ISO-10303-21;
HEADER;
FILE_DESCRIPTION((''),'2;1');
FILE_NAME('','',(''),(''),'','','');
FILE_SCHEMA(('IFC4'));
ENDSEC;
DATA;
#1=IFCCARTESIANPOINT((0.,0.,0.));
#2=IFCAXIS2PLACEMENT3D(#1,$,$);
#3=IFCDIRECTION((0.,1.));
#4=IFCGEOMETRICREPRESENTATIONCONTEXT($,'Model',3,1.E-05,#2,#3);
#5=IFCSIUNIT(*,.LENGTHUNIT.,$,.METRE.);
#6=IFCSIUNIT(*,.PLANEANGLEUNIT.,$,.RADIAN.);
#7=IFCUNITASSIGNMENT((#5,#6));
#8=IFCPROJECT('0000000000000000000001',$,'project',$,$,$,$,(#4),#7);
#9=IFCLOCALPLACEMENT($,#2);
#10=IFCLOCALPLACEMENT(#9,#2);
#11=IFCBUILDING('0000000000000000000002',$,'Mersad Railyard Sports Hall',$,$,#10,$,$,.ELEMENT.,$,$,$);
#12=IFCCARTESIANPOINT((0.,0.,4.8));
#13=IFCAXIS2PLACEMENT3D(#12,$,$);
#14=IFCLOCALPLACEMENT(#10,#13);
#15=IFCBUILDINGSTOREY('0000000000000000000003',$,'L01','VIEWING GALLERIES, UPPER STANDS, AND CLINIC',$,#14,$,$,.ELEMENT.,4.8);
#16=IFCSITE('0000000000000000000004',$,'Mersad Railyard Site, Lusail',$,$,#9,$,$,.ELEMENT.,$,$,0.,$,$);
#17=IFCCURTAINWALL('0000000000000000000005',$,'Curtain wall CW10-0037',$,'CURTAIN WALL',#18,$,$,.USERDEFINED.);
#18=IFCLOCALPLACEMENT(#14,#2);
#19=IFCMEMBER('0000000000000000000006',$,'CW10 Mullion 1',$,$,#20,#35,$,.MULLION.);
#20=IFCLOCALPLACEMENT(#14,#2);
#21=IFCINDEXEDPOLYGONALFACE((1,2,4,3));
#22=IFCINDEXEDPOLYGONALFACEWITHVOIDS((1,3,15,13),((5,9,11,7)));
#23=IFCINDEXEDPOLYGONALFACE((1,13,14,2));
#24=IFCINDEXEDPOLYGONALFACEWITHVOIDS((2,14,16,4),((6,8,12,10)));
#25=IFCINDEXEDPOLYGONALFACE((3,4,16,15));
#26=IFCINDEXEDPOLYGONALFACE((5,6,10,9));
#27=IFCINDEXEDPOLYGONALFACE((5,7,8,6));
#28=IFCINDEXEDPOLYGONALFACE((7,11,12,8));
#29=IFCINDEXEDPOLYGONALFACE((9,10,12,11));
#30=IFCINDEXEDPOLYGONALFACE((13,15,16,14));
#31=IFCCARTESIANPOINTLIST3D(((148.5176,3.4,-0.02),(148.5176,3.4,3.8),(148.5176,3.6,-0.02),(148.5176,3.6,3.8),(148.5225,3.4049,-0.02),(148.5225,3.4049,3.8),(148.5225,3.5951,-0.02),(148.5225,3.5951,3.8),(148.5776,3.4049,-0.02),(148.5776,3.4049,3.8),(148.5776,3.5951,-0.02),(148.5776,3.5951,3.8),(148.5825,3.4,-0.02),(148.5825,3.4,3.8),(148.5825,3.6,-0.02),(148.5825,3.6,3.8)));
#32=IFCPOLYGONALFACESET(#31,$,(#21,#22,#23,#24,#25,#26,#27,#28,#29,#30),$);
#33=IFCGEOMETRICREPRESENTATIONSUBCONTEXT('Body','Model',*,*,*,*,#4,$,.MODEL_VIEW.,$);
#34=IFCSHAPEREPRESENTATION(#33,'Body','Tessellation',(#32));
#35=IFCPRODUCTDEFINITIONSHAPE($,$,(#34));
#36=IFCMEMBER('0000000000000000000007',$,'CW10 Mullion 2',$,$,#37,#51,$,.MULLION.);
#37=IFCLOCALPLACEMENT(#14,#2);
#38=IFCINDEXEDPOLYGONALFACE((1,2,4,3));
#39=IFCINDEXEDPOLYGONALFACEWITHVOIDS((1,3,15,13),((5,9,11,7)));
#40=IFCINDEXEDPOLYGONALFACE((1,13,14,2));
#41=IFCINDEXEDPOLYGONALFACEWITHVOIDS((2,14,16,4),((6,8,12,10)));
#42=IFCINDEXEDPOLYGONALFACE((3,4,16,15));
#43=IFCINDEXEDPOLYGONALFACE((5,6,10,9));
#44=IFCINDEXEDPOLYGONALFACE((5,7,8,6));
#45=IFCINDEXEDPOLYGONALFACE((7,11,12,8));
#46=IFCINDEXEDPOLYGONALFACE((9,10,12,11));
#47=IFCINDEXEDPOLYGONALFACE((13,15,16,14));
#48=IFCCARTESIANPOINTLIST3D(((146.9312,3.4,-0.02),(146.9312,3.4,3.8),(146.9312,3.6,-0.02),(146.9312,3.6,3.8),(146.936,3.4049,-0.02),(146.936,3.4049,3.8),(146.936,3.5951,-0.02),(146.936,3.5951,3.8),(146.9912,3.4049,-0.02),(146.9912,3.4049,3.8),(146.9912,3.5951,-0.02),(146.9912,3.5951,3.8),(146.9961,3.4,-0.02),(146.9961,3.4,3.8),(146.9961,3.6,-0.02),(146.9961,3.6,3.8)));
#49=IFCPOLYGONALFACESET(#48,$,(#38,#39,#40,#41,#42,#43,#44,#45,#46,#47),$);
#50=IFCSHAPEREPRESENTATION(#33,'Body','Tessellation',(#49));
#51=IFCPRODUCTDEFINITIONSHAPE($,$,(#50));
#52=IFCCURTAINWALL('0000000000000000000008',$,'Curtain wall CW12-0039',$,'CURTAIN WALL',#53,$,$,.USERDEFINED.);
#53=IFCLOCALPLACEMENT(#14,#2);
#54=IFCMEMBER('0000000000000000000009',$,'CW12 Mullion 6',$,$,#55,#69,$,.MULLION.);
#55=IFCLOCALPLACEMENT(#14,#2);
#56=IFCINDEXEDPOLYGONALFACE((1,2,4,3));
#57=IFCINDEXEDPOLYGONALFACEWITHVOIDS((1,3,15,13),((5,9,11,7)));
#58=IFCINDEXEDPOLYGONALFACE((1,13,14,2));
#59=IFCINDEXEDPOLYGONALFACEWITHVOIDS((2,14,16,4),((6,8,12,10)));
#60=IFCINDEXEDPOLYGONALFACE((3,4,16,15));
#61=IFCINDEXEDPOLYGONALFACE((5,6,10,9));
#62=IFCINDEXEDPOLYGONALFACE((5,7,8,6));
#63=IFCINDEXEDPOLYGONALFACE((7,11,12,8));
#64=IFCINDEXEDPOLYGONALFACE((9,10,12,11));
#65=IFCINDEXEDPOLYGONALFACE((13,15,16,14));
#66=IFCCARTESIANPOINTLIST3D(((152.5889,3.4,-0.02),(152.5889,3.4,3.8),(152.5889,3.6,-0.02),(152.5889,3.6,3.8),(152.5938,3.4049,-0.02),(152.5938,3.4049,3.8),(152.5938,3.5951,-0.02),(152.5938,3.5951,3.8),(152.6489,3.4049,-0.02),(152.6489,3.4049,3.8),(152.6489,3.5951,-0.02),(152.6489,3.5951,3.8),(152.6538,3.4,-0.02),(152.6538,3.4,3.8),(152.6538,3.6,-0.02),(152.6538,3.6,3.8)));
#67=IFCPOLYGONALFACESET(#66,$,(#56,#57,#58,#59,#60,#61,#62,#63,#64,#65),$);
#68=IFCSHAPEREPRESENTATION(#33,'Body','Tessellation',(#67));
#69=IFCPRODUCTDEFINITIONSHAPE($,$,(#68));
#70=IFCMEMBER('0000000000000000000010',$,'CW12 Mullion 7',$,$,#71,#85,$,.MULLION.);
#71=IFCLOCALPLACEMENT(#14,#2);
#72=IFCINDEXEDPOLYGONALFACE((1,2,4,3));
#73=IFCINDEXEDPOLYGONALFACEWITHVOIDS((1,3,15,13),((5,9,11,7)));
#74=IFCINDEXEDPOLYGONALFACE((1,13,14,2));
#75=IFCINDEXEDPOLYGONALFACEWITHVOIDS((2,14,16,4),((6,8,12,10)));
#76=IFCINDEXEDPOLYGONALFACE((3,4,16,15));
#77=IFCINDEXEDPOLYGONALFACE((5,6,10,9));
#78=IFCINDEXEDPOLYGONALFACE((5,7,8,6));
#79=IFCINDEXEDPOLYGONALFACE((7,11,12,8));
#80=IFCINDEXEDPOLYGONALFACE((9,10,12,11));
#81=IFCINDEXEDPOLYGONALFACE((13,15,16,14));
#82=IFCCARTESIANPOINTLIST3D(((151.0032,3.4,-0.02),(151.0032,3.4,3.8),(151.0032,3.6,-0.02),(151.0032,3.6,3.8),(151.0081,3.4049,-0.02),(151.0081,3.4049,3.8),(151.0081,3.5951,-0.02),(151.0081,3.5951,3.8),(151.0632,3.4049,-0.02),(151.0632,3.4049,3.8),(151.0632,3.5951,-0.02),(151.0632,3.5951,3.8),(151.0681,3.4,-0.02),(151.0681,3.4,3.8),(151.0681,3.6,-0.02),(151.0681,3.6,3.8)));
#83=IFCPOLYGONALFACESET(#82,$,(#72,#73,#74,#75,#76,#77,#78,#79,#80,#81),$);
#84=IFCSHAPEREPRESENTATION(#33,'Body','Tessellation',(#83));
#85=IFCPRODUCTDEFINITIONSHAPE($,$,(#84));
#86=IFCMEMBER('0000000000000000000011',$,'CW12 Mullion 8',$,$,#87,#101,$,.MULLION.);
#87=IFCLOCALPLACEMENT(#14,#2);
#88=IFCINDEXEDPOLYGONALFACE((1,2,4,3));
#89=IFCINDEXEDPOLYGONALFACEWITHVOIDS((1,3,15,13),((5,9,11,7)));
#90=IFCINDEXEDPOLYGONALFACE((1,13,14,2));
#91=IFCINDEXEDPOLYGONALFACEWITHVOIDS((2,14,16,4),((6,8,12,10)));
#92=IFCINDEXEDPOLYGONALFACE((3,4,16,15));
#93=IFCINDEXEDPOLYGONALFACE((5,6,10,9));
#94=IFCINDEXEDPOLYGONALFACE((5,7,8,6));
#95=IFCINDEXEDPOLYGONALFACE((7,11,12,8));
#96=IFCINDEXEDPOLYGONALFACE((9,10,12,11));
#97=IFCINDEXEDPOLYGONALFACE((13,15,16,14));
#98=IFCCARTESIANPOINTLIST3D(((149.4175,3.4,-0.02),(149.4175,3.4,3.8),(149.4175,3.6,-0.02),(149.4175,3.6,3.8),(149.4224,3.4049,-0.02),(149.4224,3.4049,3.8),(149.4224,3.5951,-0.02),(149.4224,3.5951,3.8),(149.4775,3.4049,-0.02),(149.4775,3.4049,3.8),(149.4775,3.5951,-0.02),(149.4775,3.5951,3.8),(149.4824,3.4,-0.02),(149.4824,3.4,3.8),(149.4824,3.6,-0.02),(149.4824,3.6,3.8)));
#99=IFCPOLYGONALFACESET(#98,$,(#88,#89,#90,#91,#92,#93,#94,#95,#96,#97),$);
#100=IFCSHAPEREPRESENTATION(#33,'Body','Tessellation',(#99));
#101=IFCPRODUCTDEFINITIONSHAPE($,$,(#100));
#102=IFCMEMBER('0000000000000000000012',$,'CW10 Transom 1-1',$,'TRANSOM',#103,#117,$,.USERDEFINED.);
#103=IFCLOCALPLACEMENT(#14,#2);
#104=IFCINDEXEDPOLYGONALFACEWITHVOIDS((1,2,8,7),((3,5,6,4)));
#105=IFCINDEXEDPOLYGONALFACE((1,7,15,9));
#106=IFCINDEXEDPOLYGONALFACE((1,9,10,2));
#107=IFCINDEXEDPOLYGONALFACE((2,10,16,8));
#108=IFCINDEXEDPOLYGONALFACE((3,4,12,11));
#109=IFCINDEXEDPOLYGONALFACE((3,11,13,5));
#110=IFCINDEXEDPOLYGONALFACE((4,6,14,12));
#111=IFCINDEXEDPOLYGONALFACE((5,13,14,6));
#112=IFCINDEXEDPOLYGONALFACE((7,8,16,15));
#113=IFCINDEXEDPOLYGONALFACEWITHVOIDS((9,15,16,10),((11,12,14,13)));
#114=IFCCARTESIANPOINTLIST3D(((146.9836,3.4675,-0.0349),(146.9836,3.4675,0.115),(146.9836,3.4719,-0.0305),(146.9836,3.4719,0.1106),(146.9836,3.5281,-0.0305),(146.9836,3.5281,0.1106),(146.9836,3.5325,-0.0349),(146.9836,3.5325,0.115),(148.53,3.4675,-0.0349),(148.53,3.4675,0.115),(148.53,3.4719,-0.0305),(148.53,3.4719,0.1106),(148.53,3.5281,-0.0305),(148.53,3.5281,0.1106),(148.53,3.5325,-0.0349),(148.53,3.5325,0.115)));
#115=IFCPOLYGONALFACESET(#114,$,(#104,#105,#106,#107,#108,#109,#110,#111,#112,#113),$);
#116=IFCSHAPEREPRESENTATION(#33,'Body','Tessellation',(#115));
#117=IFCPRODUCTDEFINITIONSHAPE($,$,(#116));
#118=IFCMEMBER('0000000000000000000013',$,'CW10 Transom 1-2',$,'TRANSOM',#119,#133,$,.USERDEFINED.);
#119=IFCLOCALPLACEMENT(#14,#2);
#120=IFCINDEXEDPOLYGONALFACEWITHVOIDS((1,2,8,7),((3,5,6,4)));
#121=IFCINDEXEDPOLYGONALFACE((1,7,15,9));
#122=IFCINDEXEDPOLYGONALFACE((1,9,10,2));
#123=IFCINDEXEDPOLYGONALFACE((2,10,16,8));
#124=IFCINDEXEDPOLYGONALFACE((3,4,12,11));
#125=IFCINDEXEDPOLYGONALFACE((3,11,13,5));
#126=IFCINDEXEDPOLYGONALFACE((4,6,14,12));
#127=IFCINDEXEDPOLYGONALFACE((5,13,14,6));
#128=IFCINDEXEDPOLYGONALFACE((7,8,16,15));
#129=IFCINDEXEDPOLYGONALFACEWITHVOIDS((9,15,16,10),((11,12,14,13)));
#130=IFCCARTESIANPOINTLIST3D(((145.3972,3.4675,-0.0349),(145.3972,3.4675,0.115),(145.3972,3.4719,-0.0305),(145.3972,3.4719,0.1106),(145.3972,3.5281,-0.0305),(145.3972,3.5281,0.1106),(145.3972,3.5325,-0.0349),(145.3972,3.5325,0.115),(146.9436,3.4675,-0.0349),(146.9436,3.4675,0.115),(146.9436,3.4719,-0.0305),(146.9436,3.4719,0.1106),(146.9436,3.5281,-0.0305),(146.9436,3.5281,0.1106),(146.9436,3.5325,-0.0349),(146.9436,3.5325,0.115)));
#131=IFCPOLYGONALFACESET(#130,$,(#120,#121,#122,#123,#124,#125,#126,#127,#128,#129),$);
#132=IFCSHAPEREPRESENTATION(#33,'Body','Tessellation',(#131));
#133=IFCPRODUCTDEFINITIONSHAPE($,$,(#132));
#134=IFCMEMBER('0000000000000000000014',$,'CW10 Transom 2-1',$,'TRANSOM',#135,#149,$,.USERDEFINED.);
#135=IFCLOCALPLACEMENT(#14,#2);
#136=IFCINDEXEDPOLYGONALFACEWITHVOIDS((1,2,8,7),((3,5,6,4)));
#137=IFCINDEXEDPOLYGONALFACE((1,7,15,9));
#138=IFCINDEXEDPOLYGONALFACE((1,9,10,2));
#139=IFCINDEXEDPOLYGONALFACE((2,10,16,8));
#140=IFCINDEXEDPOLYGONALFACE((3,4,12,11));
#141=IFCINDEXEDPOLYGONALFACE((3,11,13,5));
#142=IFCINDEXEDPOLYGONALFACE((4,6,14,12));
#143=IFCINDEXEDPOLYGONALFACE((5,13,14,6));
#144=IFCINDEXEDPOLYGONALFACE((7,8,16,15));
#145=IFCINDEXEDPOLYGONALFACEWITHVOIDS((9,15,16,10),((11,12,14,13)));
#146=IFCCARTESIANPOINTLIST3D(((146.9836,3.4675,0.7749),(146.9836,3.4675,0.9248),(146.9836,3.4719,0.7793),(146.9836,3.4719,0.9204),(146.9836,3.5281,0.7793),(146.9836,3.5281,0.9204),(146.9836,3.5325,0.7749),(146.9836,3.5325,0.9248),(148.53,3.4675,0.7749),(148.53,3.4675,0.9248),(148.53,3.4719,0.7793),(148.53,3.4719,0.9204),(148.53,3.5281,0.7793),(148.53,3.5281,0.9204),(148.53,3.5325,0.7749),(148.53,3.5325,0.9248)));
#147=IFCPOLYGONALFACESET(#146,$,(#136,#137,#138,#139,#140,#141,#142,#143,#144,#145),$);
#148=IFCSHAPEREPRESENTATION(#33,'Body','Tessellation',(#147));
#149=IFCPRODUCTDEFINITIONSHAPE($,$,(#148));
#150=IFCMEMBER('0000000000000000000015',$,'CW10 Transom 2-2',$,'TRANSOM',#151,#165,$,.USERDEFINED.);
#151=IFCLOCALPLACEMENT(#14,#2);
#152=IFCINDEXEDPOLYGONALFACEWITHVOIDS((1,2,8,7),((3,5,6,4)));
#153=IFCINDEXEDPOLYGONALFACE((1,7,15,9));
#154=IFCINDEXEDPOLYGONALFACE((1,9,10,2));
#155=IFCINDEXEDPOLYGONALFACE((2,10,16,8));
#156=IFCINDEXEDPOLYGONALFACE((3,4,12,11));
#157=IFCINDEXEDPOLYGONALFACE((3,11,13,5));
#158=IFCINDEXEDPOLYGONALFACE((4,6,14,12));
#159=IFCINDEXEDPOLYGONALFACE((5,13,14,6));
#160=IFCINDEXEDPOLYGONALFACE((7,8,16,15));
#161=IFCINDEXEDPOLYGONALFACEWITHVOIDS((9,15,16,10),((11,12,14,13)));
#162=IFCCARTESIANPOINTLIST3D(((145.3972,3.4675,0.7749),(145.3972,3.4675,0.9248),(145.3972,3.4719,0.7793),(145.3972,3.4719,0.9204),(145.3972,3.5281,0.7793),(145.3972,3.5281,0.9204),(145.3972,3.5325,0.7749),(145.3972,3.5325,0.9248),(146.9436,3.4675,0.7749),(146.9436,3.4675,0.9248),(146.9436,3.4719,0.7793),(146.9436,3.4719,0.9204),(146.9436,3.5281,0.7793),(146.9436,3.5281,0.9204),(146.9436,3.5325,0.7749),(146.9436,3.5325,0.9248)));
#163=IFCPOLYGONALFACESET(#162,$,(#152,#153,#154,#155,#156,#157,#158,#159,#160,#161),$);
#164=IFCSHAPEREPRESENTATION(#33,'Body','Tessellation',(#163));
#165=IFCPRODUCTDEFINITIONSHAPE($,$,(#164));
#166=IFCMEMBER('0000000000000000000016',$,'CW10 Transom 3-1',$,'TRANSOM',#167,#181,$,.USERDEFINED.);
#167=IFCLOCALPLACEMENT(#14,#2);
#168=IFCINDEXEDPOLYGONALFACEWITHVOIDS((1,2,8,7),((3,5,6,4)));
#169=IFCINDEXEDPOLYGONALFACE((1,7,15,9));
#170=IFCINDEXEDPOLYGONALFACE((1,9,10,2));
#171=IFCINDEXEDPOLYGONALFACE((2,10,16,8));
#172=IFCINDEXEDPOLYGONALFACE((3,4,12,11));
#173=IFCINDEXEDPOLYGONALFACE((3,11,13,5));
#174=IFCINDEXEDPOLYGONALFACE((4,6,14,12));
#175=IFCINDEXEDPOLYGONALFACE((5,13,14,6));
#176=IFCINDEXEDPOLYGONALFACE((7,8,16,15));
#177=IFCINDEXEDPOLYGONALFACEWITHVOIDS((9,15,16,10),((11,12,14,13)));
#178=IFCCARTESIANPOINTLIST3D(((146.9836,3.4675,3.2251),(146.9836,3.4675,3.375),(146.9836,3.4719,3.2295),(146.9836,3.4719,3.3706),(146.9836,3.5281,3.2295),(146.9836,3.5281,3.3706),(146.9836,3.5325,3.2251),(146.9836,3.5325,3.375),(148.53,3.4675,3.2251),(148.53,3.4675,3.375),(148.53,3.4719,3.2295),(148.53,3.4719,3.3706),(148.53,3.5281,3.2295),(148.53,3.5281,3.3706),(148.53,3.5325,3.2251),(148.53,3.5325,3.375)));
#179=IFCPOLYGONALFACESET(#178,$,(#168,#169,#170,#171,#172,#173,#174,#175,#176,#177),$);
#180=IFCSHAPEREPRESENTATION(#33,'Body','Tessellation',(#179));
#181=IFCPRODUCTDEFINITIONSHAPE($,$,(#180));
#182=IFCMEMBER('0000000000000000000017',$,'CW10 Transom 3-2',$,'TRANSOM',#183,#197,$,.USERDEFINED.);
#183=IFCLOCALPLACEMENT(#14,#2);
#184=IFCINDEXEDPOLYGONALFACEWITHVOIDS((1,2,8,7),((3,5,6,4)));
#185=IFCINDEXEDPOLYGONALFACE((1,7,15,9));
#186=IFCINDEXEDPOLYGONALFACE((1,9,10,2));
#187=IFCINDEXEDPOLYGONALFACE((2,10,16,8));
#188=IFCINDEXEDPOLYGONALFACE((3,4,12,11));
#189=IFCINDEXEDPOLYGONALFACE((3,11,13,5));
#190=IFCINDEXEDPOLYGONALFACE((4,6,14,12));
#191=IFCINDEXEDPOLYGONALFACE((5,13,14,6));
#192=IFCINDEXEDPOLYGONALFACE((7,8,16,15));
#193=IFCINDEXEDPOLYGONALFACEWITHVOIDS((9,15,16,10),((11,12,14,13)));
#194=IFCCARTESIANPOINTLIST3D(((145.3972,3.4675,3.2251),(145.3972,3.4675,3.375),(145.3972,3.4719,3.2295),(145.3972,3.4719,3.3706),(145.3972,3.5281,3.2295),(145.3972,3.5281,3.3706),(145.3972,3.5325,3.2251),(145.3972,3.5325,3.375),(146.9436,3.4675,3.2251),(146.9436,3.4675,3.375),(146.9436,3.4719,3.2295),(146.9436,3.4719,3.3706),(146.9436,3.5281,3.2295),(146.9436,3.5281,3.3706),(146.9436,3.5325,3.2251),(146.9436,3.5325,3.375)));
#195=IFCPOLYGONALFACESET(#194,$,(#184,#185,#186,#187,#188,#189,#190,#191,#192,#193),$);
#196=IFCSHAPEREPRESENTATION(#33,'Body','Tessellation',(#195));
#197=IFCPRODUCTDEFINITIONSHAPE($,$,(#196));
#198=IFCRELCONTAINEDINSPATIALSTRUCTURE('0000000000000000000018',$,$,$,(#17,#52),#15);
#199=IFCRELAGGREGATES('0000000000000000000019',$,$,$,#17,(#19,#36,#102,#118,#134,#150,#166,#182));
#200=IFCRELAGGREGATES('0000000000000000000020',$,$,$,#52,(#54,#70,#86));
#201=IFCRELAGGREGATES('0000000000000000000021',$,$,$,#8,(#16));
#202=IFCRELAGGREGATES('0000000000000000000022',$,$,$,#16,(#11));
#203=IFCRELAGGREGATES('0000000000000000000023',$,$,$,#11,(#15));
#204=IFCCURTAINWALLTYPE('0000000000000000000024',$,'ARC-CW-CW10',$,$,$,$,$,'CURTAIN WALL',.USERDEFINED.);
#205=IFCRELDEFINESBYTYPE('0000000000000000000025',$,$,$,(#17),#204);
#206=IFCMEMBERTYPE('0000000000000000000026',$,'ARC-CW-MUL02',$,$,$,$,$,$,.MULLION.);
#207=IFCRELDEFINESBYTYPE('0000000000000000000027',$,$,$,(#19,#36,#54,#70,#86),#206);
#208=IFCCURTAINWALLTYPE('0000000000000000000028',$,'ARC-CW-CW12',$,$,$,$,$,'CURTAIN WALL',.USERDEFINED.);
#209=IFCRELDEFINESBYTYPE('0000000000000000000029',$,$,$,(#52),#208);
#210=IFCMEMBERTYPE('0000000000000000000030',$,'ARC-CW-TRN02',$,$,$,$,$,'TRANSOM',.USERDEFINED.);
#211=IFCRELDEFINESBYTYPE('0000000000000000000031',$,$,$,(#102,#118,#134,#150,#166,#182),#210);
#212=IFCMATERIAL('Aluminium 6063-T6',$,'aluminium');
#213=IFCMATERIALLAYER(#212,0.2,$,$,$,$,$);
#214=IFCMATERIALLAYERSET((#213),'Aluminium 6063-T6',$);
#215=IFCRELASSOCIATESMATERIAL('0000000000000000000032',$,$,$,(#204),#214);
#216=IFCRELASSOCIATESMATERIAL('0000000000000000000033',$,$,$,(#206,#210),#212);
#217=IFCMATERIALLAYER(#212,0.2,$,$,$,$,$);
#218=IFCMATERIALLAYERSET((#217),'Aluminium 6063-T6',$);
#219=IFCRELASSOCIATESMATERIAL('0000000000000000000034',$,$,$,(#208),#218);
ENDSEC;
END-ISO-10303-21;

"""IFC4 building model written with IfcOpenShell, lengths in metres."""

from ifc_helpers import new_model, si_unit, direction, frame, origin, origin_2d, place, context, subcontext, project, spatial, hollow_rectangle, extrude, material, layer, layer_set, material_profile, profile_set, type_object, element, aggregate, save


model = new_model("IFC4")

# Units and contexts
model_context = context("Model", 3, precision=1e-05, world=origin(), true_north=direction((0.0, 1.0)))
body_context = subcontext(model_context, "Body", "Model", "MODEL_VIEW")
ifc_project = project(units=[si_unit("LENGTHUNIT", "METRE"), si_unit("PLANEANGLEUNIT", "RADIAN")], contexts=[model_context])

# Site, building, storey
site_placement = place(None, origin())
site = spatial("IfcSite", under=ifc_project, at=site_placement, Name="Mersad Railyard Site, Lusail", CompositionType="ELEMENT", RefElevation=0.0)
building_placement = place(site_placement, origin())
building = spatial("IfcBuilding", under=site, at=building_placement, Name="Mersad Railyard Sports Hall", CompositionType="ELEMENT")
storey_placement = place(building_placement, frame((0.0, 0.0, 4.8)))
storey = spatial("IfcBuildingStorey", under=building, at=storey_placement, Name="L01", Description="VIEWING GALLERIES, UPPER STANDS, AND CLINIC", CompositionType="ELEMENT", Elevation=4.8)

# Curtain walls, members
ifc_material_1 = material(Name="Aluminium 6063-T6", Category="aluminium")
ifc_layer_1 = layer(ifc_material_1, 0.2)
ifc_layer_set_1 = layer_set([ifc_layer_1], Name="Aluminium 6063-T6")
curtain_wall_type_1 = type_object("IfcCurtainWallType", Name="ARC-CW-CW10", ElementType="CURTAIN WALL", PredefinedType="USERDEFINED", material=ifc_layer_set_1)
curtain_wall_1_placement = place(storey_placement, origin())
curtain_wall_1 = element("IfcCurtainWall", 1, at=curtain_wall_1_placement, inside=storey, type_object=curtain_wall_type_1, Name="Curtain wall CW10-0037", ObjectType="CURTAIN WALL", PredefinedType="USERDEFINED")
ifc_material_profile_1 = material_profile(ifc_material_1, hollow_rectangle(XDim=0.0649, YDim=0.2, WallThickness=0.0049, at=origin_2d()), Name="AL MULLION 65x200x5")
ifc_profile_set_1 = profile_set([ifc_material_profile_1], Name="Aluminium 6063-T6")
member_type_1 = type_object("IfcMemberType", Name="ARC-CW-MUL02", PredefinedType="MULLION", material=ifc_profile_set_1)
member_1_placement = place(storey_placement, frame((148.55, 3.5, -0.02), z_axis=(0.0, 0.0, 1.0), x_axis=(1.0, 0.0, 0.0)))
member_1 = element("IfcMember", 2, at=member_1_placement, type_object=member_type_1, Name="CW10 Mullion 1", PredefinedType="MULLION", context=body_context, shape_type="SweptSolid", body=[
    extrude(hollow_rectangle(XDim=0.0649, YDim=0.2, WallThickness=0.0049, at=origin_2d()), origin(), (0.0, 0.0, 1.0), 3.8201),
])
member_2_placement = place(storey_placement, frame((146.9636, 3.5, -0.02), z_axis=(0.0, 0.0, 1.0), x_axis=(1.0, 0.0, 0.0)))
member_2 = element("IfcMember", 3, at=member_2_placement, type_object=member_type_1, Name="CW10 Mullion 2", PredefinedType="MULLION", context=body_context, shape_type="SweptSolid", body=[
    extrude(hollow_rectangle(XDim=0.0649, YDim=0.2, WallThickness=0.0049, at=origin_2d()), origin(), (0.0, 0.0, 1.0), 3.8201),
])
ifc_layer_2 = layer(ifc_material_1, 0.2)
ifc_layer_set_2 = layer_set([ifc_layer_2], Name="Aluminium 6063-T6")
curtain_wall_type_2 = type_object("IfcCurtainWallType", Name="ARC-CW-CW12", ElementType="CURTAIN WALL", PredefinedType="USERDEFINED", material=ifc_layer_set_2)
curtain_wall_2_placement = place(storey_placement, origin())
curtain_wall_2 = element("IfcCurtainWall", 4, at=curtain_wall_2_placement, inside=storey, type_object=curtain_wall_type_2, Name="Curtain wall CW12-0039", ObjectType="CURTAIN WALL", PredefinedType="USERDEFINED")
member_3_placement = place(storey_placement, frame((152.6213, 3.5, -0.02), z_axis=(0.0, 0.0, 1.0), x_axis=(1.0, 0.0, 0.0)))
member_3 = element("IfcMember", 5, at=member_3_placement, type_object=member_type_1, Name="CW12 Mullion 6", PredefinedType="MULLION", context=body_context, shape_type="SweptSolid", body=[
    extrude(hollow_rectangle(XDim=0.0649, YDim=0.2, WallThickness=0.0049, at=origin_2d()), origin(), (0.0, 0.0, 1.0), 3.8201),
])
member_4_placement = place(storey_placement, frame((151.0356, 3.5, -0.02), z_axis=(0.0, 0.0, 1.0), x_axis=(1.0, 0.0, 0.0)))
member_4 = element("IfcMember", 6, at=member_4_placement, type_object=member_type_1, Name="CW12 Mullion 7", PredefinedType="MULLION", context=body_context, shape_type="SweptSolid", body=[
    extrude(hollow_rectangle(XDim=0.0649, YDim=0.2, WallThickness=0.0049, at=origin_2d()), origin(), (0.0, 0.0, 1.0), 3.8201),
])
member_5_placement = place(storey_placement, frame((149.45, 3.5, -0.02), z_axis=(0.0, 0.0, 1.0), x_axis=(1.0, 0.0, 0.0)))
member_5 = element("IfcMember", 7, at=member_5_placement, type_object=member_type_1, Name="CW12 Mullion 8", PredefinedType="MULLION", context=body_context, shape_type="SweptSolid", body=[
    extrude(hollow_rectangle(XDim=0.0649, YDim=0.2, WallThickness=0.0049, at=origin_2d()), origin(), (0.0, 0.0, 1.0), 3.8201),
])

# Members
ifc_material_profile_2 = material_profile(ifc_material_1, hollow_rectangle(XDim=0.0649, YDim=0.1499, WallThickness=0.0044, at=origin_2d()), Name="AL TRANSOM 65x150x4.5")
ifc_profile_set_2 = profile_set([ifc_material_profile_2], Name="Aluminium 6063-T6")
member_type_2 = type_object("IfcMemberType", Name="ARC-CW-TRN02", ElementType="TRANSOM", PredefinedType="USERDEFINED", material=ifc_profile_set_2)
member_6_placement = place(storey_placement, frame((148.53, 3.5, 0.04), z_axis=(-1.0, 0.0, 0.0), x_axis=(0.0, -1.0, 0.0)))
member_6 = element("IfcMember", 8, at=member_6_placement, type_object=member_type_2, Name="CW10 Transom 1-1", ObjectType="TRANSOM", PredefinedType="USERDEFINED", context=body_context, shape_type="SweptSolid", body=[
    extrude(hollow_rectangle(XDim=0.0649, YDim=0.1499, WallThickness=0.0044, at=origin_2d()), origin(), (0.0, 0.0, 1.0), 1.5464),
])
member_7_placement = place(storey_placement, frame((146.9436, 3.5, 0.04), z_axis=(-1.0, 0.0, 0.0), x_axis=(0.0, -1.0, 0.0)))
member_7 = element("IfcMember", 9, at=member_7_placement, type_object=member_type_2, Name="CW10 Transom 1-2", ObjectType="TRANSOM", PredefinedType="USERDEFINED", context=body_context, shape_type="SweptSolid", body=[
    extrude(hollow_rectangle(XDim=0.0649, YDim=0.1499, WallThickness=0.0044, at=origin_2d()), origin(), (0.0, 0.0, 1.0), 1.5464),
])
member_8_placement = place(storey_placement, frame((148.53, 3.5, 0.8499), z_axis=(-1.0, 0.0, 0.0), x_axis=(0.0, -1.0, 0.0)))
member_8 = element("IfcMember", 10, at=member_8_placement, type_object=member_type_2, Name="CW10 Transom 2-1", ObjectType="TRANSOM", PredefinedType="USERDEFINED", context=body_context, shape_type="SweptSolid", body=[
    extrude(hollow_rectangle(XDim=0.0649, YDim=0.1499, WallThickness=0.0044, at=origin_2d()), origin(), (0.0, 0.0, 1.0), 1.5464),
])
member_9_placement = place(storey_placement, frame((146.9436, 3.5, 0.8499), z_axis=(-1.0, 0.0, 0.0), x_axis=(0.0, -1.0, 0.0)))
member_9 = element("IfcMember", 11, at=member_9_placement, type_object=member_type_2, Name="CW10 Transom 2-2", ObjectType="TRANSOM", PredefinedType="USERDEFINED", context=body_context, shape_type="SweptSolid", body=[
    extrude(hollow_rectangle(XDim=0.0649, YDim=0.1499, WallThickness=0.0044, at=origin_2d()), origin(), (0.0, 0.0, 1.0), 1.5464),
])
member_10_placement = place(storey_placement, frame((148.53, 3.5, 3.3), z_axis=(-1.0, 0.0, 0.0), x_axis=(0.0, -1.0, 0.0)))
member_10 = element("IfcMember", 12, at=member_10_placement, type_object=member_type_2, Name="CW10 Transom 3-1", ObjectType="TRANSOM", PredefinedType="USERDEFINED", context=body_context, shape_type="SweptSolid", body=[
    extrude(hollow_rectangle(XDim=0.0649, YDim=0.1499, WallThickness=0.0044, at=origin_2d()), origin(), (0.0, 0.0, 1.0), 1.5464),
])
member_11_placement = place(storey_placement, frame((146.9436, 3.5, 3.3), z_axis=(-1.0, 0.0, 0.0), x_axis=(0.0, -1.0, 0.0)))
member_11 = element("IfcMember", 13, at=member_11_placement, type_object=member_type_2, Name="CW10 Transom 3-2", ObjectType="TRANSOM", PredefinedType="USERDEFINED", context=body_context, shape_type="SweptSolid", body=[
    extrude(hollow_rectangle(XDim=0.0649, YDim=0.1499, WallThickness=0.0044, at=origin_2d()), origin(), (0.0, 0.0, 1.0), 1.5464),
])

aggregate(curtain_wall_1, [member_1, member_2, member_6, member_7, member_8, member_9, member_10, member_11])
aggregate(curtain_wall_2, [member_3, member_4, member_5])

save(model, "model.ifc")
